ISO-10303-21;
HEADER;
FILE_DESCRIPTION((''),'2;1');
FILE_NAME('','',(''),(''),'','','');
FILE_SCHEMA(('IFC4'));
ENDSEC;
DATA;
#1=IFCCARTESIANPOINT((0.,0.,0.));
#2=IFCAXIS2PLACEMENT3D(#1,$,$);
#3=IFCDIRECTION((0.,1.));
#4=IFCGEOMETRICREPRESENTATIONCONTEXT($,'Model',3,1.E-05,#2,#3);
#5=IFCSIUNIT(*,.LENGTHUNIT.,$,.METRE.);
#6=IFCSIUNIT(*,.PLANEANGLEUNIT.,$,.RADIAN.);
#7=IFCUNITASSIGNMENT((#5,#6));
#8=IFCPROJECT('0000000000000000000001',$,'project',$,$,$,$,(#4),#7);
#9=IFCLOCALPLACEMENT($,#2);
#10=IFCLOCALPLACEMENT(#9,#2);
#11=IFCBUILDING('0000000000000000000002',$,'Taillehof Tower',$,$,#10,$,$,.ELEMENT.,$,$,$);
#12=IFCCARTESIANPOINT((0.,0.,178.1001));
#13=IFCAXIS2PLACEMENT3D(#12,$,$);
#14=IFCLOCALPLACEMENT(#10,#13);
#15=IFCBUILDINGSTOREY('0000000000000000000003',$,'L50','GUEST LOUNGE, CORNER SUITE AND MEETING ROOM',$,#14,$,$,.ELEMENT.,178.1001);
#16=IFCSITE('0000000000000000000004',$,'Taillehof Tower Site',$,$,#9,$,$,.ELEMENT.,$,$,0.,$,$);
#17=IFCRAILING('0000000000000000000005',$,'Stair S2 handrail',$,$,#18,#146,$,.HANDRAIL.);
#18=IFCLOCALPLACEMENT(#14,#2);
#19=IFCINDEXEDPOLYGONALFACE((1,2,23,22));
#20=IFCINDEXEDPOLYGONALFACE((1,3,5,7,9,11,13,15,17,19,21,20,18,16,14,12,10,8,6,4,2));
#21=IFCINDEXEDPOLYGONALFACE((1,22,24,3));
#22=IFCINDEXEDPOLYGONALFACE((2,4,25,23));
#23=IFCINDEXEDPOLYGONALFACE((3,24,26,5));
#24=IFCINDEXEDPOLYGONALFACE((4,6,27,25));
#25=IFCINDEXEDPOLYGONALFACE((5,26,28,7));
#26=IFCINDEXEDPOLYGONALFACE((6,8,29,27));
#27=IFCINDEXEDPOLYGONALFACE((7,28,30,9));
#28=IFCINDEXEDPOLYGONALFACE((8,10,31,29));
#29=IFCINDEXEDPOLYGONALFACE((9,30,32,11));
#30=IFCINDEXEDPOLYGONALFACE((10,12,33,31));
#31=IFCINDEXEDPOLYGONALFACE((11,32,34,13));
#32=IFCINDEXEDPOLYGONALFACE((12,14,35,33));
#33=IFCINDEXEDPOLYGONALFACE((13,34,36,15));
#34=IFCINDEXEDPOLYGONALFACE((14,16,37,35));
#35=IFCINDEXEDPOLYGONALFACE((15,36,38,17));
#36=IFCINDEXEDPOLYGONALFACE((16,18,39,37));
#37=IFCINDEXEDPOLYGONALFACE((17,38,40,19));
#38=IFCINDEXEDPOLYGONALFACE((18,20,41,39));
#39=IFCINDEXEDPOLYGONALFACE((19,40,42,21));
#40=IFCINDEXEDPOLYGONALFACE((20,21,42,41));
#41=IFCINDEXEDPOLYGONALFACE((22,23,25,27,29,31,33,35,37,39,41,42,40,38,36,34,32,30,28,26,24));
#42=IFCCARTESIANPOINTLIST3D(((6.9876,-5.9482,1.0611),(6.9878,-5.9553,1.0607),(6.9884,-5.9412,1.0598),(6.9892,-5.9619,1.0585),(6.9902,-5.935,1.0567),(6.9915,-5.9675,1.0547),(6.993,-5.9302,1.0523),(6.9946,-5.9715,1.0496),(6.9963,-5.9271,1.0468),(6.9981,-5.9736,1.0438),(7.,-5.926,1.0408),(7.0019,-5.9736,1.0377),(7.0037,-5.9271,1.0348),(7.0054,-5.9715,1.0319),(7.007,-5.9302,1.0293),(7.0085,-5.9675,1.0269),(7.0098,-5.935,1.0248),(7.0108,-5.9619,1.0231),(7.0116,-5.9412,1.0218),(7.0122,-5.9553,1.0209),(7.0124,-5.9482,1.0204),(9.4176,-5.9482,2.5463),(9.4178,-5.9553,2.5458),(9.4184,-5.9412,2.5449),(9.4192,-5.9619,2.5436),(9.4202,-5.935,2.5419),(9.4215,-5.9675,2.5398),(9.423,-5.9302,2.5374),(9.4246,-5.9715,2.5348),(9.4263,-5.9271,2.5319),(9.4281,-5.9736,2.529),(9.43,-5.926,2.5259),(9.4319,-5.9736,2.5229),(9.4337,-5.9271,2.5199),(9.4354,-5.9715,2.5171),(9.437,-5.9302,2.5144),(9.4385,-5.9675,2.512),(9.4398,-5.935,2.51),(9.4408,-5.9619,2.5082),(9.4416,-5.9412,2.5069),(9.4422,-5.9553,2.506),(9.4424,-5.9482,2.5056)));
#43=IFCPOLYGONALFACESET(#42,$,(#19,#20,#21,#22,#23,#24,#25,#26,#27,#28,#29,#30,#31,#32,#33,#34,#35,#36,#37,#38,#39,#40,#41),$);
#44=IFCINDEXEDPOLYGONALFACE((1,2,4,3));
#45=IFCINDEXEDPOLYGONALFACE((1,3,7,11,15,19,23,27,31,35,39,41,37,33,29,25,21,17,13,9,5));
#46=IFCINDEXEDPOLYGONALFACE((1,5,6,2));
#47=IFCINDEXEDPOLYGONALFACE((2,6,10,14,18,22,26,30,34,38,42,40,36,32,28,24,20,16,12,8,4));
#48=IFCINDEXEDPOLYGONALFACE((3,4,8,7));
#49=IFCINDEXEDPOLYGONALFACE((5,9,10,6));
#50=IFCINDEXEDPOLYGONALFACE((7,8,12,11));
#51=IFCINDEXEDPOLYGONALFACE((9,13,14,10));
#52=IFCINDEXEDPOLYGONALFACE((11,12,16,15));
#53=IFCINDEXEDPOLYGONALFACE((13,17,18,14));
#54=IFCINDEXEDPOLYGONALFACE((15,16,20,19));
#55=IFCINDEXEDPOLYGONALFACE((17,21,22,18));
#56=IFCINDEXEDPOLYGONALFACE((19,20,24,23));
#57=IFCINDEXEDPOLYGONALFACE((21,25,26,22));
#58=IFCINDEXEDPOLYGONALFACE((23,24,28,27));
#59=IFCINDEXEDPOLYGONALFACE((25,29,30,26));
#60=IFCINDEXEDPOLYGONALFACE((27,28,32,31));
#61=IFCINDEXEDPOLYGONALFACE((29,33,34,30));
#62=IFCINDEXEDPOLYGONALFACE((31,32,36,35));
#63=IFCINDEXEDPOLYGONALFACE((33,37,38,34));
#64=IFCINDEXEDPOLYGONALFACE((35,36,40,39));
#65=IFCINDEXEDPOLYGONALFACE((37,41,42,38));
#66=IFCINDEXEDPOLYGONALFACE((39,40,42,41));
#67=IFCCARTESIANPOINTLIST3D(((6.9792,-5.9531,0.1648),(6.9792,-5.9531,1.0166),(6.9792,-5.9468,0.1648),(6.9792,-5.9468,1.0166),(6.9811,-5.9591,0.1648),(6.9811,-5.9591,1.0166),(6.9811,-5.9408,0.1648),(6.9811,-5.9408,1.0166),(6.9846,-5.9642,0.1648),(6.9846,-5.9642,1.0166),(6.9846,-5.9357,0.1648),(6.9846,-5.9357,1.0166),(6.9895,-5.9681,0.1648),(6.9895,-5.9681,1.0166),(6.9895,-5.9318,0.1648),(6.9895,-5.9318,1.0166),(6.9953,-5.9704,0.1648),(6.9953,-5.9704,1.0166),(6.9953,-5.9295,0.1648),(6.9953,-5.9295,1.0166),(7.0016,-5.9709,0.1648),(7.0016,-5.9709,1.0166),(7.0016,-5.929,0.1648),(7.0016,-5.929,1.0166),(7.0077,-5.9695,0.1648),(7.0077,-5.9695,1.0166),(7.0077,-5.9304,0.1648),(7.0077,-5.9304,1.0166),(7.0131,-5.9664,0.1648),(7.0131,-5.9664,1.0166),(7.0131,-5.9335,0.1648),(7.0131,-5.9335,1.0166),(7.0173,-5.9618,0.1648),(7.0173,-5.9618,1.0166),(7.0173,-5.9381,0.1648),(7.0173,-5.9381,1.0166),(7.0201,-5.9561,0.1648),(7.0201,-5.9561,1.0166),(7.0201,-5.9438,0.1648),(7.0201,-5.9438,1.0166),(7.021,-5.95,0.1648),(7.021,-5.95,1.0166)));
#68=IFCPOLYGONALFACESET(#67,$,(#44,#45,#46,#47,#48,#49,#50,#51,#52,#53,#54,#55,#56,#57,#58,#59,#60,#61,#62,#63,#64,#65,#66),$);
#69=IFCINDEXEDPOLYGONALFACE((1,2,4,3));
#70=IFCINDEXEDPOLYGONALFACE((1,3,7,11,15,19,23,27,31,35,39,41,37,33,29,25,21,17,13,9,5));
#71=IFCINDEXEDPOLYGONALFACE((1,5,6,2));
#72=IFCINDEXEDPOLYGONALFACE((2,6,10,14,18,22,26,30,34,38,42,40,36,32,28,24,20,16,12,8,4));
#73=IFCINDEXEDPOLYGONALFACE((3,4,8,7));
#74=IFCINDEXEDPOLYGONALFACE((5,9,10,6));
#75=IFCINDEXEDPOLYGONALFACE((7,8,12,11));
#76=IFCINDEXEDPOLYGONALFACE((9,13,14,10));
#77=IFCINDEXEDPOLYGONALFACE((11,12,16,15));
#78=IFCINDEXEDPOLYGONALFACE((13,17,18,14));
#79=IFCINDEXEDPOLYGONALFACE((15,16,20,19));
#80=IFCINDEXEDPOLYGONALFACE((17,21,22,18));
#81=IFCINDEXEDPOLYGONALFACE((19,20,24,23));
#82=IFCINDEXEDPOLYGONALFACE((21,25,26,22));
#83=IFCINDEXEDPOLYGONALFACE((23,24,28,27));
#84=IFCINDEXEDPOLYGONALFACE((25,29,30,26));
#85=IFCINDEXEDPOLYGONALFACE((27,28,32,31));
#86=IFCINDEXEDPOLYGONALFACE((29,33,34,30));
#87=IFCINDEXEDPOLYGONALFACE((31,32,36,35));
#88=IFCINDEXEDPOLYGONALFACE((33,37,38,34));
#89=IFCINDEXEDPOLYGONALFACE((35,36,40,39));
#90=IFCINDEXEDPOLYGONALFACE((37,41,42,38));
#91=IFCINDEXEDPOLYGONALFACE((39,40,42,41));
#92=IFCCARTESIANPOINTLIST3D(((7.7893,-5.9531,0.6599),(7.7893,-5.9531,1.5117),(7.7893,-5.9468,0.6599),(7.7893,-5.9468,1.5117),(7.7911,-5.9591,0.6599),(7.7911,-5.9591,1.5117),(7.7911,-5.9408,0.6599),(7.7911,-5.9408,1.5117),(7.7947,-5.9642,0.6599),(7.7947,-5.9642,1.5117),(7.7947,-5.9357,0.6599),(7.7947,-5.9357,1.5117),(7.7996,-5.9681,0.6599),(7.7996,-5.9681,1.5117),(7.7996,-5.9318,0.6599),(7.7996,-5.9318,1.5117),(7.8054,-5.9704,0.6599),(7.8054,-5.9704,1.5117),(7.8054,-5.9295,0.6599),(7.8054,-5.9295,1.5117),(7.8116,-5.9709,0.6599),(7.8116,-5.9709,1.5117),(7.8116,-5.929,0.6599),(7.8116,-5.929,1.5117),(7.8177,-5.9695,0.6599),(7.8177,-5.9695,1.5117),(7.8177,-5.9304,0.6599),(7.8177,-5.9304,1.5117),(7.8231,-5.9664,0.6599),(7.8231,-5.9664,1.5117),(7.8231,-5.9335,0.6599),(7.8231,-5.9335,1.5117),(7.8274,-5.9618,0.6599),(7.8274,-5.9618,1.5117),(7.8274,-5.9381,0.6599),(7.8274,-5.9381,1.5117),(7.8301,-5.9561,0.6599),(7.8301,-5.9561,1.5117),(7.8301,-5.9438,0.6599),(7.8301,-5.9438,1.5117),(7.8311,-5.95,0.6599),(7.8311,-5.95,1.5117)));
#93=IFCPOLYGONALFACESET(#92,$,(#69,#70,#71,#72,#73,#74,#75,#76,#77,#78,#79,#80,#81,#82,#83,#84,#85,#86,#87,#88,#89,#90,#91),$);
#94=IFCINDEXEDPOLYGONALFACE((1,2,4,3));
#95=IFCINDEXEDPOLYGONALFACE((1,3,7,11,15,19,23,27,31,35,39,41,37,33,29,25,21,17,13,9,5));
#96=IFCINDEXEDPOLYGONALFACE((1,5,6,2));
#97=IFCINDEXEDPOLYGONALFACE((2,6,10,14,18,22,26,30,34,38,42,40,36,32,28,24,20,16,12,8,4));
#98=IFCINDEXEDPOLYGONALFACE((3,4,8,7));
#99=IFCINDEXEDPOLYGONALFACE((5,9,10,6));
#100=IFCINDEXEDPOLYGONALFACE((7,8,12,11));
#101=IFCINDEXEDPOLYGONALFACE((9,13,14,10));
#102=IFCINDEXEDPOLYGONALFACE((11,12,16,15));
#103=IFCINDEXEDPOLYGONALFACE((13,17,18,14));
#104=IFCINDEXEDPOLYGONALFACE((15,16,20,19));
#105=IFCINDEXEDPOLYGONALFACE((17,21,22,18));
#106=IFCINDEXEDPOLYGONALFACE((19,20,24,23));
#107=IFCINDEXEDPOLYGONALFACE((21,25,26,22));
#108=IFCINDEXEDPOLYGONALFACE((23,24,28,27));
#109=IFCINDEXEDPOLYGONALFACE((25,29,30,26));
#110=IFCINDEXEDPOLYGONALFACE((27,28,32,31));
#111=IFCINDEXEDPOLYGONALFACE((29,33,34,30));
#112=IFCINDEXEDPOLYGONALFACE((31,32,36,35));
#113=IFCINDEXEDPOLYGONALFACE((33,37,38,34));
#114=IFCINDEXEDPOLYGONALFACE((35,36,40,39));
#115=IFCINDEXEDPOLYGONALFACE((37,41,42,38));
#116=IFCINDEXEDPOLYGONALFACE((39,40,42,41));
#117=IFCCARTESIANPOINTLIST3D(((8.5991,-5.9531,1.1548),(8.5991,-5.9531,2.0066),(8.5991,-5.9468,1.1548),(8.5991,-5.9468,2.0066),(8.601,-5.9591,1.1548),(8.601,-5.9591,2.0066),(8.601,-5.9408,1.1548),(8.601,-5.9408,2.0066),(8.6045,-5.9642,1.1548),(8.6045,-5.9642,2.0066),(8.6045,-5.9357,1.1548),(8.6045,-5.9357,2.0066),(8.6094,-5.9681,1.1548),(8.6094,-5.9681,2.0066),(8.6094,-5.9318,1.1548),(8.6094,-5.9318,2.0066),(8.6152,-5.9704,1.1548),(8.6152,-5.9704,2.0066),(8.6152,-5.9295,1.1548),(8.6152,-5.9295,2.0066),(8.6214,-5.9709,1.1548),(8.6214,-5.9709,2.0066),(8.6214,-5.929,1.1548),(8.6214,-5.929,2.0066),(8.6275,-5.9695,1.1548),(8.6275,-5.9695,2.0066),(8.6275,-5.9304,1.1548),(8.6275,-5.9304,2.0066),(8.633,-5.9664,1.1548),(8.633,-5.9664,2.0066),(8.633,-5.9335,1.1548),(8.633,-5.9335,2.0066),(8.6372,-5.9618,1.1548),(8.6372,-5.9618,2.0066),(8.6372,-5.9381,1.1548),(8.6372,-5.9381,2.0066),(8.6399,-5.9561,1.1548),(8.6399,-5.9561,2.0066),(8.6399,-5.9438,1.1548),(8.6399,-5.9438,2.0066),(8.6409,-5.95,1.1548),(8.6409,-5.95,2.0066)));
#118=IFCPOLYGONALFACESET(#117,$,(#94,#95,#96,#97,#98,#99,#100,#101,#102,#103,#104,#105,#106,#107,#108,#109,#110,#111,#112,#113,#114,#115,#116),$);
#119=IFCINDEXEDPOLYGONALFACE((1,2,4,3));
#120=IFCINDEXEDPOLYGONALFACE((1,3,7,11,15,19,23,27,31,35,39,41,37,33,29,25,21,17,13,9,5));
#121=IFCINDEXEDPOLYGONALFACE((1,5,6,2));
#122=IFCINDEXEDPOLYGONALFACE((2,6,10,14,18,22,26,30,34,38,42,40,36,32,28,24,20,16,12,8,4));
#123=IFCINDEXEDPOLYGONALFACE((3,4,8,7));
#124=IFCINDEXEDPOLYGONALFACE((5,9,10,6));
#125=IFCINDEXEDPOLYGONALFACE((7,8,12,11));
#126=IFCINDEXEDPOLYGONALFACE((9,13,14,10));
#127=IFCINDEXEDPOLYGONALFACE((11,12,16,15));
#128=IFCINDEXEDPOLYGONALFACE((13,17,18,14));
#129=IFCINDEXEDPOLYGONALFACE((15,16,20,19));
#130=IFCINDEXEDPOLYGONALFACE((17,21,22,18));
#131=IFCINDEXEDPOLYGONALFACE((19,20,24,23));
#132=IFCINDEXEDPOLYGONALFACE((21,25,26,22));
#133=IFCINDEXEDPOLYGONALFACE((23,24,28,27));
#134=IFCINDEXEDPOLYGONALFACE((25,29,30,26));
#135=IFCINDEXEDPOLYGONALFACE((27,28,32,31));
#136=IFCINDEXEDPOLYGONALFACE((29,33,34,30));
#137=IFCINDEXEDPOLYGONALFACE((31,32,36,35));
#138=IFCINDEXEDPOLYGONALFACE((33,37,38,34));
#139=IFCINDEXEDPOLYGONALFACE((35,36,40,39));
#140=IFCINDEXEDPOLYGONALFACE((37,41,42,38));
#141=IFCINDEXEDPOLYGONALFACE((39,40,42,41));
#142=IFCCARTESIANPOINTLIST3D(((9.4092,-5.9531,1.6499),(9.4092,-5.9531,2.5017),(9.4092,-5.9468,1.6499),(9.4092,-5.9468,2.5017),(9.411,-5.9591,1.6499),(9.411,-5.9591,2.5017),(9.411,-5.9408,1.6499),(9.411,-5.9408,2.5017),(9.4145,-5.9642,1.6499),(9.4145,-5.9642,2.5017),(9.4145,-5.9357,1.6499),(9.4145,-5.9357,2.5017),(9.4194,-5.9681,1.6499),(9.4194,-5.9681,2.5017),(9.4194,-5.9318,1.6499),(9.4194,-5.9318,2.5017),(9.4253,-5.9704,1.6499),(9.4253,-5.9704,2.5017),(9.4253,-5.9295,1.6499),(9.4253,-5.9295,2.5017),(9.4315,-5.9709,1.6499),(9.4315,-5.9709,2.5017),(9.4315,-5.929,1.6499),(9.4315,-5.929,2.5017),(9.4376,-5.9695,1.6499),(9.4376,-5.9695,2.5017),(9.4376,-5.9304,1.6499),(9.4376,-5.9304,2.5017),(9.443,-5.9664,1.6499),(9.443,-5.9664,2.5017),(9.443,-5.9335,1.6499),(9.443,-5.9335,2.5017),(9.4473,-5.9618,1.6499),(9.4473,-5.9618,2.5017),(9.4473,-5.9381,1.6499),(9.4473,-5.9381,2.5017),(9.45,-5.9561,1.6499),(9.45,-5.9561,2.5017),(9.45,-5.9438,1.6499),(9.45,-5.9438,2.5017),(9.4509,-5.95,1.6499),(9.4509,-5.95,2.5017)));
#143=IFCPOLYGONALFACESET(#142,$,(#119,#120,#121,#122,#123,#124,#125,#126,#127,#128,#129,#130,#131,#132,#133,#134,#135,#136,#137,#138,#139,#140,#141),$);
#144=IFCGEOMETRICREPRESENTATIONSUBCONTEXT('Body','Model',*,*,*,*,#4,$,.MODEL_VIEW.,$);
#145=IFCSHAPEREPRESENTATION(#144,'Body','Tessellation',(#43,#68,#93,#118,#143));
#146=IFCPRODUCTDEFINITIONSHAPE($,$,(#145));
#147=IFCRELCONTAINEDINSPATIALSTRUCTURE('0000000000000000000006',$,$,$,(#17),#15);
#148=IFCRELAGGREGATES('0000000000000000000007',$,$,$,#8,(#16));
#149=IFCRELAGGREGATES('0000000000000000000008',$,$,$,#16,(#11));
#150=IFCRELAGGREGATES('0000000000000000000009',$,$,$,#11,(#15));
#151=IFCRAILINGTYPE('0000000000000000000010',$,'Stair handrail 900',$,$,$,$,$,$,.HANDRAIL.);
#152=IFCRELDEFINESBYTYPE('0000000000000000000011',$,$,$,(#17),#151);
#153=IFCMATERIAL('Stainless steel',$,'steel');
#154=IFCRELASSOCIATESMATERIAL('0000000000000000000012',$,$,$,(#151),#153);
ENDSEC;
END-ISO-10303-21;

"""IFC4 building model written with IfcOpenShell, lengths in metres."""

from ifc_helpers import new_model, si_unit, direction, frame, origin, origin_2d, place, context, subcontext, project, spatial, circle, extrude, material, type_object, element, save


model = new_model("IFC4")

# Units and contexts
model_context = context("Model", 3, precision=1e-05, world=origin(), true_north=direction((0.0, 1.0)))
body_context = subcontext(model_context, "Body", "Model", "MODEL_VIEW")
ifc_project = project(units=[si_unit("LENGTHUNIT", "METRE"), si_unit("PLANEANGLEUNIT", "RADIAN")], contexts=[model_context])

# Site, building, storey
site_placement = place(None, origin())
site = spatial("IfcSite", under=ifc_project, at=site_placement, Name="Taillehof Tower Site", CompositionType="ELEMENT", RefElevation=0.0)
building_placement = place(site_placement, origin())
building = spatial("IfcBuilding", under=site, at=building_placement, Name="Taillehof Tower", CompositionType="ELEMENT")
storey_placement = place(building_placement, frame((0.0, 0.0, 178.1001)))
storey = spatial("IfcBuildingStorey", under=building, at=storey_placement, Name="L50", Description="GUEST LOUNGE, CORNER SUITE AND MEETING ROOM", CompositionType="ELEMENT", Elevation=178.1001)

# Railing
ifc_material_1 = material(Name="Stainless steel", Category="steel")
railing_type = type_object("IfcRailingType", Name="Stair handrail 900", PredefinedType="HANDRAIL", material=ifc_material_1)
railing_placement = place(storey_placement, frame((7.0, -5.95, 0.1648)))
element("IfcRailing", 1, at=railing_placement, inside=storey, type_object=railing_type, Name="Stair S2 handrail", PredefinedType="HANDRAIL", context=body_context, shape_type="SweptSolid", body=[
    extrude(circle(Radius=0.0239, at=origin_2d()), frame((0.0, 0.0, 0.876), z_axis=(0.853259, 0.0, 0.521488), x_axis=(0.0, 1.0, 0.0)), (0.0, 0.0, 1.0), 2.8479),
    extrude(circle(Radius=0.021, at=origin_2d()), origin(), (0.0, 0.0, 1.0), 0.8518),
    extrude(circle(Radius=0.021, at=origin_2d()), frame((0.8101, 0.0, 0.4951)), (0.0, 0.0, 1.0), 0.8518),
    extrude(circle(Radius=0.021, at=origin_2d()), frame((1.6199, 0.0, 0.99)), (0.0, 0.0, 1.0), 0.8518),
    extrude(circle(Radius=0.021, at=origin_2d()), frame((2.4299, 0.0, 1.4851)), (0.0, 0.0, 1.0), 0.8518),
])

save(model, "model.ifc")
